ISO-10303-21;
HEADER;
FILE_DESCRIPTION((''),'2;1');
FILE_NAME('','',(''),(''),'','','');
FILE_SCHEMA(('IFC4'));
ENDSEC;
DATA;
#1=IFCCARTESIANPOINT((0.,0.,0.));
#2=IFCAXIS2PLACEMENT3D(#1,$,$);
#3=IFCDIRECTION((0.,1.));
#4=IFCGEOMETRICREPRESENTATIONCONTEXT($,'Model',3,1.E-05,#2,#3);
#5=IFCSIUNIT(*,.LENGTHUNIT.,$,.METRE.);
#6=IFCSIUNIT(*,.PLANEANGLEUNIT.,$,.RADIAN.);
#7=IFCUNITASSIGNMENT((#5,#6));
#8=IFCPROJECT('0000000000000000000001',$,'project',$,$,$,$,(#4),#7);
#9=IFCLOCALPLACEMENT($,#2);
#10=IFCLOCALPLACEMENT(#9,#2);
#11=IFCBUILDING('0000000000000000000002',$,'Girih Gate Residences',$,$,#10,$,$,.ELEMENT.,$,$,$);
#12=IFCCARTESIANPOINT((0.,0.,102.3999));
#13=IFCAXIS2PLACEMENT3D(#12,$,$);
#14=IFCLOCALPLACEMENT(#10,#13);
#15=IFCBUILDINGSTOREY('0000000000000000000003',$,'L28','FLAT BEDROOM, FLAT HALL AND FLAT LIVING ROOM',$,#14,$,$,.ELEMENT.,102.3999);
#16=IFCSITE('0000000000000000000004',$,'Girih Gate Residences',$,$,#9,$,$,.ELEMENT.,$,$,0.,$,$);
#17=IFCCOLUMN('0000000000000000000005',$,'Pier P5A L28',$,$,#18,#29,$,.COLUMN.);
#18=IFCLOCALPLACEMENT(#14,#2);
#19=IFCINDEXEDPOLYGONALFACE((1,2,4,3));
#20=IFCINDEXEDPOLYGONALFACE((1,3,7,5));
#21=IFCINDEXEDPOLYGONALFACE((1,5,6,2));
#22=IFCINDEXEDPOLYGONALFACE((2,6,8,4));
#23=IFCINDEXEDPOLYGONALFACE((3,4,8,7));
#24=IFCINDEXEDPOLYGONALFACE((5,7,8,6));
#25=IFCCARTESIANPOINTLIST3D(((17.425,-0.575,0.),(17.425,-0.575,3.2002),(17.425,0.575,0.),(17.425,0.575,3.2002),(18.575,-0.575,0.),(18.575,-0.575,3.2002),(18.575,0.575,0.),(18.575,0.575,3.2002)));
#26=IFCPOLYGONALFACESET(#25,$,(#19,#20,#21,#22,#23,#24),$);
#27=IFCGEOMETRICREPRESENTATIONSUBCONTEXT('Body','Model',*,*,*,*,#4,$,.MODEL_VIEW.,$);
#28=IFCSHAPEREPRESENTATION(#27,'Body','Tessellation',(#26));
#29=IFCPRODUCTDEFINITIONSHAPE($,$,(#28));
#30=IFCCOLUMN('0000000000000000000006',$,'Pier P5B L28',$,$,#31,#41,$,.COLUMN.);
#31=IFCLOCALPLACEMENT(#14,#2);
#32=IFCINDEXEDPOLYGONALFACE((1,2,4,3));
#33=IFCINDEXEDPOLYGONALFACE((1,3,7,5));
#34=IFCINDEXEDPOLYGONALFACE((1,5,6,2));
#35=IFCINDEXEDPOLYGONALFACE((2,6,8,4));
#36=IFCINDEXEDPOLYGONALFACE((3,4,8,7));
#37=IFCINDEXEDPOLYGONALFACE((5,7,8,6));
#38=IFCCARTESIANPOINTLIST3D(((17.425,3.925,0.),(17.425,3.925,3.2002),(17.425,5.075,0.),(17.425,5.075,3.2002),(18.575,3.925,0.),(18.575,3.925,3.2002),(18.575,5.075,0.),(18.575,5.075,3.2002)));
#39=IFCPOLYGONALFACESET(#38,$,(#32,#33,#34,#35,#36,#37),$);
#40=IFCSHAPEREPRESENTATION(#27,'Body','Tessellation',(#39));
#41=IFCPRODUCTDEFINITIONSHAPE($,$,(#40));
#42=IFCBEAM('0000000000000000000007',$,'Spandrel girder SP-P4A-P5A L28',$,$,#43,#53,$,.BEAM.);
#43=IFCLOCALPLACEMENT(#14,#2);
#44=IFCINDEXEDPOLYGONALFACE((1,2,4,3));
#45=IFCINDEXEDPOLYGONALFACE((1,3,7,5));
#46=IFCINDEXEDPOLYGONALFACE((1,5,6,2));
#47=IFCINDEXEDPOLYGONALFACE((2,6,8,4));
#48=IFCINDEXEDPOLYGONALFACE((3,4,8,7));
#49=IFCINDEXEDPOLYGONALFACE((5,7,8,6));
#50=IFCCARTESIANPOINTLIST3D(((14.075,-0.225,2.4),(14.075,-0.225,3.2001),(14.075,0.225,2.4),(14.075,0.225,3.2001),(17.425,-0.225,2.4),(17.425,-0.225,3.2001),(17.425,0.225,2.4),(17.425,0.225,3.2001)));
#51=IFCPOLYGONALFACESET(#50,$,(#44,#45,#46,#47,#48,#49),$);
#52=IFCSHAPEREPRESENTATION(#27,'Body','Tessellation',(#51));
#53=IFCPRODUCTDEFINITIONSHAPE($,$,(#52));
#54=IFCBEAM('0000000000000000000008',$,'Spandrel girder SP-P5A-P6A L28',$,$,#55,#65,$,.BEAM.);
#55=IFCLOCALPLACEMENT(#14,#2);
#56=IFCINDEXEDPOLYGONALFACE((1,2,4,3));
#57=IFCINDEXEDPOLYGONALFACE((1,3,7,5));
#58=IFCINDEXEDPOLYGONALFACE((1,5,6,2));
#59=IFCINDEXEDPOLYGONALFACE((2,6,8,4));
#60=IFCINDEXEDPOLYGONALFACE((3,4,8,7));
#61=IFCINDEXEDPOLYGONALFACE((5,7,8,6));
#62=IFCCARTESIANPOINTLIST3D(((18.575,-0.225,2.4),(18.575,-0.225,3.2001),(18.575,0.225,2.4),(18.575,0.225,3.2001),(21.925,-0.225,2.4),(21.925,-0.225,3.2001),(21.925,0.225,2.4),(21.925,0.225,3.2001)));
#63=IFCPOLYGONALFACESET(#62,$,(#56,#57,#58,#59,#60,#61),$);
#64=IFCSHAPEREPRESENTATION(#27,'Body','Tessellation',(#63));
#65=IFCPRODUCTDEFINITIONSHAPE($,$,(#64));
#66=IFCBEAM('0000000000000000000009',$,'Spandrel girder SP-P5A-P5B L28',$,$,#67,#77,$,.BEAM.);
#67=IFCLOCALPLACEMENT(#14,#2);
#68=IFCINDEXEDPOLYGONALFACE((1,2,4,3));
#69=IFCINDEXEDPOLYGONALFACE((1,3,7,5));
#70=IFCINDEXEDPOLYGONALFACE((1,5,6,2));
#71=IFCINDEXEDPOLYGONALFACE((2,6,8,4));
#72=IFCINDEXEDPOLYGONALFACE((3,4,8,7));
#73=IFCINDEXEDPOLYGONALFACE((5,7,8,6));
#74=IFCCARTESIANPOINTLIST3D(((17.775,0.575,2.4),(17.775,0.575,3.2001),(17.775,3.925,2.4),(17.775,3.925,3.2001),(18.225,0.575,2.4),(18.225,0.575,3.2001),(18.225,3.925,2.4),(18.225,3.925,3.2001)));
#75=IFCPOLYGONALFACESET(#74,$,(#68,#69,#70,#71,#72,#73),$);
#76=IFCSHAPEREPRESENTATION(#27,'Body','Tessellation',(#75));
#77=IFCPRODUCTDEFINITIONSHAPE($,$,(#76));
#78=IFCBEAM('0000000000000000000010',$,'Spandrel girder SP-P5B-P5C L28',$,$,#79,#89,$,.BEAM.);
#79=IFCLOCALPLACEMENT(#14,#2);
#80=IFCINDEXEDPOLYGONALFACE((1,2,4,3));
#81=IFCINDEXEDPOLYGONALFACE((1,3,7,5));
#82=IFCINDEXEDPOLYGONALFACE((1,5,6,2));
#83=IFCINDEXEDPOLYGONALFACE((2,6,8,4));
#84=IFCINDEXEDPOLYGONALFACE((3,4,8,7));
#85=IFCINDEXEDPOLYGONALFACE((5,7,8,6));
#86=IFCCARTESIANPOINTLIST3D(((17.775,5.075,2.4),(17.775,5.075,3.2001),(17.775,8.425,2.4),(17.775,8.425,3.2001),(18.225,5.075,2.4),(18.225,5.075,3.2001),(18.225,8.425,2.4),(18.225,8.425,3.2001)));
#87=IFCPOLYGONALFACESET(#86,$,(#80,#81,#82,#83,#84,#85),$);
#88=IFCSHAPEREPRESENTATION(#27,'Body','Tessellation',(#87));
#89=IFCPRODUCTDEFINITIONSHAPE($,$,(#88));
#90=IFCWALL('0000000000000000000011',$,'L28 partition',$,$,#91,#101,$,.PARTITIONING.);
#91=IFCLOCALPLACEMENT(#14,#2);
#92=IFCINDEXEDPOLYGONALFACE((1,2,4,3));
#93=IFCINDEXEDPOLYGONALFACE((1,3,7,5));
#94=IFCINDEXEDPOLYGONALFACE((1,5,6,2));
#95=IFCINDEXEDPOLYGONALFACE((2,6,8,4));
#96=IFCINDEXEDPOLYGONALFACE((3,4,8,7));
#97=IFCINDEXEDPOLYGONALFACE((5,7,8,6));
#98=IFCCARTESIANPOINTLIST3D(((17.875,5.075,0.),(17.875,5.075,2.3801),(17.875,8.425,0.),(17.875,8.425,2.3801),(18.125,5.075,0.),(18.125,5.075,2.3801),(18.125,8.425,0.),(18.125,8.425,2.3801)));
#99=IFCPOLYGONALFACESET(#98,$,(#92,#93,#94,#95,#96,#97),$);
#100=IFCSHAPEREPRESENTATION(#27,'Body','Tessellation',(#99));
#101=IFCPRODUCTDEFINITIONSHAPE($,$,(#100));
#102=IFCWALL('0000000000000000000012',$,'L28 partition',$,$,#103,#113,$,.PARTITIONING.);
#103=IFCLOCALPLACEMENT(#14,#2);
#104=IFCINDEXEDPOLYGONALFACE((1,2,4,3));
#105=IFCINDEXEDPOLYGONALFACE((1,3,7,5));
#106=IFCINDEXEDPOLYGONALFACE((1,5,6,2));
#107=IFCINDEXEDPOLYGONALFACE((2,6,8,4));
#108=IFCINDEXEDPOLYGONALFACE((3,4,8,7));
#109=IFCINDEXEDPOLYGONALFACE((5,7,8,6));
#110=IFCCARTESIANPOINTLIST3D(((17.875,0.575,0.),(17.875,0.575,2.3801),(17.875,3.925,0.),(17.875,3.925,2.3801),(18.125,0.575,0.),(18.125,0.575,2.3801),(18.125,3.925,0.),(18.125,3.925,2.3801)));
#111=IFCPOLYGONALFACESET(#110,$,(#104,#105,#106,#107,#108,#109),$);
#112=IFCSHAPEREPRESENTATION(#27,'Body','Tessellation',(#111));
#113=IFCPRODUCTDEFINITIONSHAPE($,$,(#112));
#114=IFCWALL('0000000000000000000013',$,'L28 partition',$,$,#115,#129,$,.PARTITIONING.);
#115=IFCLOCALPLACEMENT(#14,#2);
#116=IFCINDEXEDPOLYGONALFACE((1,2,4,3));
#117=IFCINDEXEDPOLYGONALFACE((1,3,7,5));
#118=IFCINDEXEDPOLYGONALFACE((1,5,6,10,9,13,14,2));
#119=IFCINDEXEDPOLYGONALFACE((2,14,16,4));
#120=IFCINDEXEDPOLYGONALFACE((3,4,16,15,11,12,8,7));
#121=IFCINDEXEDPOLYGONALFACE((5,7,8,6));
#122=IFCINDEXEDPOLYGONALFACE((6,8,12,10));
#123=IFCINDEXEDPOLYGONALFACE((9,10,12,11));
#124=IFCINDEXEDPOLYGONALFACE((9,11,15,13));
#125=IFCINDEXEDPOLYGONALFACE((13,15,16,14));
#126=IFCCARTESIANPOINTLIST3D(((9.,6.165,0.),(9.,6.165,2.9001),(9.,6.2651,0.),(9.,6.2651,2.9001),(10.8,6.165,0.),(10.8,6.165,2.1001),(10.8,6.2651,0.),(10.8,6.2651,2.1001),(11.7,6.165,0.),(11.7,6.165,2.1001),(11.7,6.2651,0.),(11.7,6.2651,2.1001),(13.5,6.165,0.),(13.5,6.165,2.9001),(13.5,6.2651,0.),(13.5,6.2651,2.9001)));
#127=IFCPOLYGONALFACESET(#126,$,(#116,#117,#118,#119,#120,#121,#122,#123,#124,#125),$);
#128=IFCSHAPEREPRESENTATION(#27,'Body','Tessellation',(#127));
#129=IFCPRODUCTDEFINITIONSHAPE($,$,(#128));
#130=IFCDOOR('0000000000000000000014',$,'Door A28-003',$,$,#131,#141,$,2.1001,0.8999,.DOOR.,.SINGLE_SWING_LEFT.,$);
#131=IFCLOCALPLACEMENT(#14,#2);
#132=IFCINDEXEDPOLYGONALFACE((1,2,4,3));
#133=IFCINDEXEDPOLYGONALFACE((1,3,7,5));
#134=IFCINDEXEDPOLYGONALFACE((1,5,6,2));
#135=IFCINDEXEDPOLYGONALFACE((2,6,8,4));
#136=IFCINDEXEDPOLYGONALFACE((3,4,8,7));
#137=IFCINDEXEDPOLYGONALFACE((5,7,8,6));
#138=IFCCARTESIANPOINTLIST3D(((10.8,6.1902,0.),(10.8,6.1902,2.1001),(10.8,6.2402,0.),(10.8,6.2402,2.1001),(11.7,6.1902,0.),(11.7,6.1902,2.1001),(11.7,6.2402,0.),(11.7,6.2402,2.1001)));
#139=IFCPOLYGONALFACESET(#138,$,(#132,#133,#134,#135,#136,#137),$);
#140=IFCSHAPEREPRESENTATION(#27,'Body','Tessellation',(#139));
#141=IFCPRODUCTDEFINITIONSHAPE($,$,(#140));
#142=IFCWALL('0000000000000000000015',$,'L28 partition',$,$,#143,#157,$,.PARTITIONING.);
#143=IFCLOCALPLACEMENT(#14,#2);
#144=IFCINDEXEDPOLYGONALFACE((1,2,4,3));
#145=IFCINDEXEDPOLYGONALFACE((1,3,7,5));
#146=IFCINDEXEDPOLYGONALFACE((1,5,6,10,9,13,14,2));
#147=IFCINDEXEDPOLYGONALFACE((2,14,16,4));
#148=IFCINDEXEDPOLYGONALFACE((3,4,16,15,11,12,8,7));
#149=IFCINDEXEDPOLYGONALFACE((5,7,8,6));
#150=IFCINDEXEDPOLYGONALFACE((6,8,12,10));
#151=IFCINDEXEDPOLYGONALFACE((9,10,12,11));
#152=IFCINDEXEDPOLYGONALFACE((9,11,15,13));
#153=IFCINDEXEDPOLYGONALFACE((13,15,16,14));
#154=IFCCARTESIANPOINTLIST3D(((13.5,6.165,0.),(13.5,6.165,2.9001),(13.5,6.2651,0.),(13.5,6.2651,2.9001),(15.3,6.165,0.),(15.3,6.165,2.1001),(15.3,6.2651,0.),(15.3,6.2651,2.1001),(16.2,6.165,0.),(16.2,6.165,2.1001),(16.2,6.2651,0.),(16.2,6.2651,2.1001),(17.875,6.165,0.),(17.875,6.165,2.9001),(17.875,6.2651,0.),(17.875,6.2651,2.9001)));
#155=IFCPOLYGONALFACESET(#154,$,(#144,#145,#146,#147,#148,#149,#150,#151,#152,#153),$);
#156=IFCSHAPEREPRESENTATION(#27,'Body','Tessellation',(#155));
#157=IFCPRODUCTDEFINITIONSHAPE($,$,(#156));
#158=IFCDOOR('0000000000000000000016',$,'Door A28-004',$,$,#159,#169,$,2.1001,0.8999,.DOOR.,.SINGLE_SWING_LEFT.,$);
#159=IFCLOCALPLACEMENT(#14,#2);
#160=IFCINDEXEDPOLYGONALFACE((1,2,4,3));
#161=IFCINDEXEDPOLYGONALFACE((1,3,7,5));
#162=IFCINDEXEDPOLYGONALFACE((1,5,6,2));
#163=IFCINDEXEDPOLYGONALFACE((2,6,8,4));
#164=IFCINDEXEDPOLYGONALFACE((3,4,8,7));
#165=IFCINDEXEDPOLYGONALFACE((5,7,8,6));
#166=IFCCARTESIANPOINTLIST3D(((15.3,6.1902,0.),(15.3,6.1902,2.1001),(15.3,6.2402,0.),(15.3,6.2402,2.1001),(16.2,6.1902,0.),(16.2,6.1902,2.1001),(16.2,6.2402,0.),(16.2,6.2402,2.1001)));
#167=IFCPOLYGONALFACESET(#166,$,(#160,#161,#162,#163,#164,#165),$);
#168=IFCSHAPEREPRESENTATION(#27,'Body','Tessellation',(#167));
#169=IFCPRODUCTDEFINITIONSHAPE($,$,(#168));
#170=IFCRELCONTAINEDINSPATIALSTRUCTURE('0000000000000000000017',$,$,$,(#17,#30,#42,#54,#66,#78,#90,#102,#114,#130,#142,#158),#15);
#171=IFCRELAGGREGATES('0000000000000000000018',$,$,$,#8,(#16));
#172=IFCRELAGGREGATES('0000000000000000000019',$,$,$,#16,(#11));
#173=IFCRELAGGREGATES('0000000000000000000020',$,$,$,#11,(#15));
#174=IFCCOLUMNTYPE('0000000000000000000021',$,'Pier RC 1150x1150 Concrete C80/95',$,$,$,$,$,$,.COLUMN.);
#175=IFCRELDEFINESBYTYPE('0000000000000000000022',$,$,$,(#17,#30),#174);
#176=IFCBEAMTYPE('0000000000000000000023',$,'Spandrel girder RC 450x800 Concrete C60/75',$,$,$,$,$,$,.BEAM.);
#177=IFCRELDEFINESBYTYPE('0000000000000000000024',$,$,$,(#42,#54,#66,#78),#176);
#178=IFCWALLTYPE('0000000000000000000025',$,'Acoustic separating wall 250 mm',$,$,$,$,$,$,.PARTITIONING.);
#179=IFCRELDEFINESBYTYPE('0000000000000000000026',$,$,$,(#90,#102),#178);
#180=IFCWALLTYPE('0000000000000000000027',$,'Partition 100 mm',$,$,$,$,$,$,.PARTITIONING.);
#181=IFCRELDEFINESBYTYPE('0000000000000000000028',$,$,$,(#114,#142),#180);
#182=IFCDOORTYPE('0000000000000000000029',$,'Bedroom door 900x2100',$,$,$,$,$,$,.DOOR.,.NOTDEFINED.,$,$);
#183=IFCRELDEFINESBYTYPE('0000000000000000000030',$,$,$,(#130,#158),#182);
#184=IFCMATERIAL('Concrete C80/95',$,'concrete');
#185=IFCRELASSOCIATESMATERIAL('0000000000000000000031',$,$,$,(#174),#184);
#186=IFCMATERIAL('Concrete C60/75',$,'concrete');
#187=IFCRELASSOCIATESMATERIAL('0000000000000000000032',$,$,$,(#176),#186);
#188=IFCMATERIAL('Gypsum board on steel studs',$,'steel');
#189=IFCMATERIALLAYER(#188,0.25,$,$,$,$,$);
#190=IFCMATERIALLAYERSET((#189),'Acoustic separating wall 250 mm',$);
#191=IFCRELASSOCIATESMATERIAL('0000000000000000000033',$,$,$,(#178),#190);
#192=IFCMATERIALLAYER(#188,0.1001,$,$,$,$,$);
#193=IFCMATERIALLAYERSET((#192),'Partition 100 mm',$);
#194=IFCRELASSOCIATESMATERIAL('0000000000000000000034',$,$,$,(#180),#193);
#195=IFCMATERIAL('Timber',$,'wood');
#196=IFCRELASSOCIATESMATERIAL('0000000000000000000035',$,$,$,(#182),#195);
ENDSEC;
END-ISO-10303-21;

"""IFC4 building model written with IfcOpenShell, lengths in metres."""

from ifc_helpers import new_model, si_unit, direction, frame, frame_2d, origin, origin_2d, place, context, subcontext, project, spatial, rectangle, extrude, material, layer, layer_set, material_profile, profile_set, type_object, element, fill, save


model = new_model("IFC4")

# Units and contexts
model_context = context("Model", 3, precision=1e-05, world=origin(), true_north=direction((0.0, 1.0)))
body_context = subcontext(model_context, "Body", "Model", "MODEL_VIEW")
ifc_project = project(units=[si_unit("LENGTHUNIT", "METRE"), si_unit("PLANEANGLEUNIT", "RADIAN")], contexts=[model_context])

# Site, building, storey
site_placement = place(None, origin())
site = spatial("IfcSite", under=ifc_project, at=site_placement, Name="Girih Gate Residences", CompositionType="ELEMENT", RefElevation=0.0)
building_placement = place(site_placement, origin())
building = spatial("IfcBuilding", under=site, at=building_placement, Name="Girih Gate Residences", CompositionType="ELEMENT")
storey_placement = place(building_placement, frame((0.0, 0.0, 102.3999)))
storey = spatial("IfcBuildingStorey", under=building, at=storey_placement, Name="L28", Description="FLAT BEDROOM, FLAT HALL AND FLAT LIVING ROOM", CompositionType="ELEMENT", Elevation=102.3999)

# Columns
ifc_material_1 = material(Name="Concrete C80/95", Category="concrete")
ifc_material_profile_1 = material_profile(ifc_material_1, rectangle(XDim=1.1499, YDim=1.1499, at=origin_2d()))
ifc_profile_set_1 = profile_set([ifc_material_profile_1], Name="Concrete C80/95")
column_type = type_object("IfcColumnType", Name="Pier RC 1150x1150 Concrete C80/95", PredefinedType="COLUMN", material=ifc_profile_set_1)
for number, where, z_axis, x_axis, name in (
    (1, (18.0, 0.0, 0.0), (0.0, 0.0, 1.0), (1.0, 0.0, 0.0), "Pier P5A L28"),
    (2, (18.0, 4.5, 0.0), (0.0, 0.0, 1.0), (1.0, 0.0, 0.0), "Pier P5B L28"),
):
    element("IfcColumn", number, at=place(storey_placement, frame(where, z_axis=z_axis, x_axis=x_axis)), inside=storey, type_object=column_type, Name=name, PredefinedType="COLUMN", context=body_context, shape_type="SweptSolid", body=[
        extrude(rectangle(XDim=1.1499, YDim=1.1499, at=origin_2d()), origin(), (0.0, 0.0, 1.0), 3.2002),
    ])

# Beams
ifc_material_2 = material(Name="Concrete C60/75", Category="concrete")
ifc_material_profile_2 = material_profile(ifc_material_2, rectangle(XDim=0.45, YDim=0.8, at=origin_2d()))
ifc_profile_set_2 = profile_set([ifc_material_profile_2], Name="Concrete C60/75")
beam_type = type_object("IfcBeamType", Name="Spandrel girder RC 450x800 Concrete C60/75", PredefinedType="BEAM", material=ifc_profile_set_2)
for number, where, z_axis, x_axis, name in (
    (3, (14.075, 0.0, 2.8), (1.0, 0.0, 0.0), (0.0, 1.0, 0.0), "Spandrel girder SP-P4A-P5A L28"),
    (4, (18.575, 0.0, 2.8), (1.0, 0.0, 0.0), (0.0, 1.0, 0.0), "Spandrel girder SP-P5A-P6A L28"),
    (5, (18.0, 0.575, 2.8), (0.0, 1.0, 0.0), (-1.0, 0.0, 0.0), "Spandrel girder SP-P5A-P5B L28"),
    (6, (18.0, 5.075, 2.8), (0.0, 1.0, 0.0), (-1.0, 0.0, 0.0), "Spandrel girder SP-P5B-P5C L28"),
):
    element("IfcBeam", number, at=place(storey_placement, frame(where, z_axis=z_axis, x_axis=x_axis)), inside=storey, type_object=beam_type, Name=name, PredefinedType="BEAM", context=body_context, shape_type="SweptSolid", body=[
        extrude(rectangle(XDim=0.45, YDim=0.8, at=origin_2d()), origin(), (0.0, 0.0, 1.0), 3.3501),
    ])

# Walls
ifc_material_3 = material(Name="Gypsum board on steel studs", Category="steel")
ifc_layer_1 = layer(ifc_material_3, 0.25)
ifc_layer_set_1 = layer_set([ifc_layer_1], Name="Acoustic separating wall 250 mm")
wall_type_1 = type_object("IfcWallType", Name="Acoustic separating wall 250 mm", PredefinedType="PARTITIONING", material=ifc_layer_set_1)
for number, where, z_axis, x_axis, name in (
    (7, (18.0, 5.075, 0.0), (0.0, 0.0, 1.0), (0.0, 1.0, 0.0), "L28 partition"),
    (8, (18.0, 0.575, 0.0), (0.0, 0.0, 1.0), (0.0, 1.0, 0.0), "L28 partition"),
):
    element("IfcWall", number, at=place(storey_placement, frame(where, z_axis=z_axis, x_axis=x_axis)), inside=storey, type_object=wall_type_1, Name=name, PredefinedType="PARTITIONING", context=body_context, shape_type="SweptSolid", body=[
        extrude(rectangle(XDim=3.3501, YDim=0.25, at=frame_2d((1.675, 0.0))), origin(), (0.0, 0.0, 1.0), 2.3801),
    ])

# Walls, openings, doors
ifc_layer_2 = layer(ifc_material_3, 0.1001)
ifc_layer_set_2 = layer_set([ifc_layer_2], Name="Partition 100 mm")
wall_type_2 = type_object("IfcWallType", Name="Partition 100 mm", PredefinedType="PARTITIONING", material=ifc_layer_set_2)
wall_1_placement = place(storey_placement, frame((13.5, 6.2151, 0.0), z_axis=(0.0, 0.0, 1.0), x_axis=(-1.0, 0.0, 0.0)))
wall_1 = element("IfcWall", 9, at=wall_1_placement, inside=storey, type_object=wall_type_2, Name="L28 partition", PredefinedType="PARTITIONING", context=body_context, shape_type="SweptSolid", body=[
    extrude(rectangle(XDim=4.5, YDim=0.1001, at=frame_2d((2.25, 0.0))), origin(), (0.0, 0.0, 1.0), 2.9001),
])
opening_1_placement = place(wall_1_placement, frame((1.8, 0.0, 0.0)))
opening_1 = element("IfcOpeningElement", 10, at=opening_1_placement, cuts=wall_1, PredefinedType="OPENING", context=body_context, shape_type="SweptSolid", body=[
    extrude(rectangle(XDim=0.8999, YDim=2.1001, at=frame_2d((0.45, 1.05))), frame((0.0, 0.0601, 0.0), z_axis=(0.0, -1.0, 0.0), x_axis=(1.0, 0.0, 0.0)), (0.0, 0.0, 1.0), 0.1201),
])
ifc_material_4 = material(Name="Timber", Category="wood")
door_type = type_object("IfcDoorType", Name="Bedroom door 900x2100", OperationType="NOTDEFINED", PredefinedType="DOOR", material=ifc_material_4)
door_1_placement = place(opening_1_placement, origin())
door_1 = element("IfcDoor", 11, at=door_1_placement, inside=storey, type_object=door_type, Name="Door A28-003", OperationType="SINGLE_SWING_LEFT", OverallHeight=2.1001, OverallWidth=0.8999, PredefinedType="DOOR", context=body_context, shape_type="SweptSolid", body=[
    extrude(rectangle(XDim=0.8999, YDim=2.1001, at=frame_2d((0.45, 1.05))), frame((0.0, 0.0249, 0.0), z_axis=(0.0, -1.0, 0.0), x_axis=(1.0, 0.0, 0.0)), (0.0, 0.0, 1.0), 0.05),
])
fill(opening_1, door_1)
wall_2_placement = place(storey_placement, frame((17.875, 6.2151, 0.0), z_axis=(0.0, 0.0, 1.0), x_axis=(-1.0, 0.0, 0.0)))
wall_2 = element("IfcWall", 12, at=wall_2_placement, inside=storey, type_object=wall_type_2, Name="L28 partition", PredefinedType="PARTITIONING", context=body_context, shape_type="SweptSolid", body=[
    extrude(rectangle(XDim=4.375, YDim=0.1001, at=frame_2d((2.1875, 0.0))), origin(), (0.0, 0.0, 1.0), 2.9001),
])
opening_2_placement = place(wall_2_placement, frame((1.675, 0.0, 0.0)))
opening_2 = element("IfcOpeningElement", 13, at=opening_2_placement, cuts=wall_2, PredefinedType="OPENING", context=body_context, shape_type="SweptSolid", body=[
    extrude(rectangle(XDim=0.8999, YDim=2.1001, at=frame_2d((0.45, 1.05))), frame((0.0, 0.0601, 0.0), z_axis=(0.0, -1.0, 0.0), x_axis=(1.0, 0.0, 0.0)), (0.0, 0.0, 1.0), 0.1201),
])
door_2_placement = place(opening_2_placement, origin())
door_2 = element("IfcDoor", 14, at=door_2_placement, inside=storey, type_object=door_type, Name="Door A28-004", OperationType="SINGLE_SWING_LEFT", OverallHeight=2.1001, OverallWidth=0.8999, PredefinedType="DOOR", context=body_context, shape_type="SweptSolid", body=[
    extrude(rectangle(XDim=0.8999, YDim=2.1001, at=frame_2d((0.45, 1.05))), frame((0.0, 0.0249, 0.0), z_axis=(0.0, -1.0, 0.0), x_axis=(1.0, 0.0, 0.0)), (0.0, 0.0, 1.0), 0.05),
])
fill(opening_2, door_2)

save(model, "model.ifc")
